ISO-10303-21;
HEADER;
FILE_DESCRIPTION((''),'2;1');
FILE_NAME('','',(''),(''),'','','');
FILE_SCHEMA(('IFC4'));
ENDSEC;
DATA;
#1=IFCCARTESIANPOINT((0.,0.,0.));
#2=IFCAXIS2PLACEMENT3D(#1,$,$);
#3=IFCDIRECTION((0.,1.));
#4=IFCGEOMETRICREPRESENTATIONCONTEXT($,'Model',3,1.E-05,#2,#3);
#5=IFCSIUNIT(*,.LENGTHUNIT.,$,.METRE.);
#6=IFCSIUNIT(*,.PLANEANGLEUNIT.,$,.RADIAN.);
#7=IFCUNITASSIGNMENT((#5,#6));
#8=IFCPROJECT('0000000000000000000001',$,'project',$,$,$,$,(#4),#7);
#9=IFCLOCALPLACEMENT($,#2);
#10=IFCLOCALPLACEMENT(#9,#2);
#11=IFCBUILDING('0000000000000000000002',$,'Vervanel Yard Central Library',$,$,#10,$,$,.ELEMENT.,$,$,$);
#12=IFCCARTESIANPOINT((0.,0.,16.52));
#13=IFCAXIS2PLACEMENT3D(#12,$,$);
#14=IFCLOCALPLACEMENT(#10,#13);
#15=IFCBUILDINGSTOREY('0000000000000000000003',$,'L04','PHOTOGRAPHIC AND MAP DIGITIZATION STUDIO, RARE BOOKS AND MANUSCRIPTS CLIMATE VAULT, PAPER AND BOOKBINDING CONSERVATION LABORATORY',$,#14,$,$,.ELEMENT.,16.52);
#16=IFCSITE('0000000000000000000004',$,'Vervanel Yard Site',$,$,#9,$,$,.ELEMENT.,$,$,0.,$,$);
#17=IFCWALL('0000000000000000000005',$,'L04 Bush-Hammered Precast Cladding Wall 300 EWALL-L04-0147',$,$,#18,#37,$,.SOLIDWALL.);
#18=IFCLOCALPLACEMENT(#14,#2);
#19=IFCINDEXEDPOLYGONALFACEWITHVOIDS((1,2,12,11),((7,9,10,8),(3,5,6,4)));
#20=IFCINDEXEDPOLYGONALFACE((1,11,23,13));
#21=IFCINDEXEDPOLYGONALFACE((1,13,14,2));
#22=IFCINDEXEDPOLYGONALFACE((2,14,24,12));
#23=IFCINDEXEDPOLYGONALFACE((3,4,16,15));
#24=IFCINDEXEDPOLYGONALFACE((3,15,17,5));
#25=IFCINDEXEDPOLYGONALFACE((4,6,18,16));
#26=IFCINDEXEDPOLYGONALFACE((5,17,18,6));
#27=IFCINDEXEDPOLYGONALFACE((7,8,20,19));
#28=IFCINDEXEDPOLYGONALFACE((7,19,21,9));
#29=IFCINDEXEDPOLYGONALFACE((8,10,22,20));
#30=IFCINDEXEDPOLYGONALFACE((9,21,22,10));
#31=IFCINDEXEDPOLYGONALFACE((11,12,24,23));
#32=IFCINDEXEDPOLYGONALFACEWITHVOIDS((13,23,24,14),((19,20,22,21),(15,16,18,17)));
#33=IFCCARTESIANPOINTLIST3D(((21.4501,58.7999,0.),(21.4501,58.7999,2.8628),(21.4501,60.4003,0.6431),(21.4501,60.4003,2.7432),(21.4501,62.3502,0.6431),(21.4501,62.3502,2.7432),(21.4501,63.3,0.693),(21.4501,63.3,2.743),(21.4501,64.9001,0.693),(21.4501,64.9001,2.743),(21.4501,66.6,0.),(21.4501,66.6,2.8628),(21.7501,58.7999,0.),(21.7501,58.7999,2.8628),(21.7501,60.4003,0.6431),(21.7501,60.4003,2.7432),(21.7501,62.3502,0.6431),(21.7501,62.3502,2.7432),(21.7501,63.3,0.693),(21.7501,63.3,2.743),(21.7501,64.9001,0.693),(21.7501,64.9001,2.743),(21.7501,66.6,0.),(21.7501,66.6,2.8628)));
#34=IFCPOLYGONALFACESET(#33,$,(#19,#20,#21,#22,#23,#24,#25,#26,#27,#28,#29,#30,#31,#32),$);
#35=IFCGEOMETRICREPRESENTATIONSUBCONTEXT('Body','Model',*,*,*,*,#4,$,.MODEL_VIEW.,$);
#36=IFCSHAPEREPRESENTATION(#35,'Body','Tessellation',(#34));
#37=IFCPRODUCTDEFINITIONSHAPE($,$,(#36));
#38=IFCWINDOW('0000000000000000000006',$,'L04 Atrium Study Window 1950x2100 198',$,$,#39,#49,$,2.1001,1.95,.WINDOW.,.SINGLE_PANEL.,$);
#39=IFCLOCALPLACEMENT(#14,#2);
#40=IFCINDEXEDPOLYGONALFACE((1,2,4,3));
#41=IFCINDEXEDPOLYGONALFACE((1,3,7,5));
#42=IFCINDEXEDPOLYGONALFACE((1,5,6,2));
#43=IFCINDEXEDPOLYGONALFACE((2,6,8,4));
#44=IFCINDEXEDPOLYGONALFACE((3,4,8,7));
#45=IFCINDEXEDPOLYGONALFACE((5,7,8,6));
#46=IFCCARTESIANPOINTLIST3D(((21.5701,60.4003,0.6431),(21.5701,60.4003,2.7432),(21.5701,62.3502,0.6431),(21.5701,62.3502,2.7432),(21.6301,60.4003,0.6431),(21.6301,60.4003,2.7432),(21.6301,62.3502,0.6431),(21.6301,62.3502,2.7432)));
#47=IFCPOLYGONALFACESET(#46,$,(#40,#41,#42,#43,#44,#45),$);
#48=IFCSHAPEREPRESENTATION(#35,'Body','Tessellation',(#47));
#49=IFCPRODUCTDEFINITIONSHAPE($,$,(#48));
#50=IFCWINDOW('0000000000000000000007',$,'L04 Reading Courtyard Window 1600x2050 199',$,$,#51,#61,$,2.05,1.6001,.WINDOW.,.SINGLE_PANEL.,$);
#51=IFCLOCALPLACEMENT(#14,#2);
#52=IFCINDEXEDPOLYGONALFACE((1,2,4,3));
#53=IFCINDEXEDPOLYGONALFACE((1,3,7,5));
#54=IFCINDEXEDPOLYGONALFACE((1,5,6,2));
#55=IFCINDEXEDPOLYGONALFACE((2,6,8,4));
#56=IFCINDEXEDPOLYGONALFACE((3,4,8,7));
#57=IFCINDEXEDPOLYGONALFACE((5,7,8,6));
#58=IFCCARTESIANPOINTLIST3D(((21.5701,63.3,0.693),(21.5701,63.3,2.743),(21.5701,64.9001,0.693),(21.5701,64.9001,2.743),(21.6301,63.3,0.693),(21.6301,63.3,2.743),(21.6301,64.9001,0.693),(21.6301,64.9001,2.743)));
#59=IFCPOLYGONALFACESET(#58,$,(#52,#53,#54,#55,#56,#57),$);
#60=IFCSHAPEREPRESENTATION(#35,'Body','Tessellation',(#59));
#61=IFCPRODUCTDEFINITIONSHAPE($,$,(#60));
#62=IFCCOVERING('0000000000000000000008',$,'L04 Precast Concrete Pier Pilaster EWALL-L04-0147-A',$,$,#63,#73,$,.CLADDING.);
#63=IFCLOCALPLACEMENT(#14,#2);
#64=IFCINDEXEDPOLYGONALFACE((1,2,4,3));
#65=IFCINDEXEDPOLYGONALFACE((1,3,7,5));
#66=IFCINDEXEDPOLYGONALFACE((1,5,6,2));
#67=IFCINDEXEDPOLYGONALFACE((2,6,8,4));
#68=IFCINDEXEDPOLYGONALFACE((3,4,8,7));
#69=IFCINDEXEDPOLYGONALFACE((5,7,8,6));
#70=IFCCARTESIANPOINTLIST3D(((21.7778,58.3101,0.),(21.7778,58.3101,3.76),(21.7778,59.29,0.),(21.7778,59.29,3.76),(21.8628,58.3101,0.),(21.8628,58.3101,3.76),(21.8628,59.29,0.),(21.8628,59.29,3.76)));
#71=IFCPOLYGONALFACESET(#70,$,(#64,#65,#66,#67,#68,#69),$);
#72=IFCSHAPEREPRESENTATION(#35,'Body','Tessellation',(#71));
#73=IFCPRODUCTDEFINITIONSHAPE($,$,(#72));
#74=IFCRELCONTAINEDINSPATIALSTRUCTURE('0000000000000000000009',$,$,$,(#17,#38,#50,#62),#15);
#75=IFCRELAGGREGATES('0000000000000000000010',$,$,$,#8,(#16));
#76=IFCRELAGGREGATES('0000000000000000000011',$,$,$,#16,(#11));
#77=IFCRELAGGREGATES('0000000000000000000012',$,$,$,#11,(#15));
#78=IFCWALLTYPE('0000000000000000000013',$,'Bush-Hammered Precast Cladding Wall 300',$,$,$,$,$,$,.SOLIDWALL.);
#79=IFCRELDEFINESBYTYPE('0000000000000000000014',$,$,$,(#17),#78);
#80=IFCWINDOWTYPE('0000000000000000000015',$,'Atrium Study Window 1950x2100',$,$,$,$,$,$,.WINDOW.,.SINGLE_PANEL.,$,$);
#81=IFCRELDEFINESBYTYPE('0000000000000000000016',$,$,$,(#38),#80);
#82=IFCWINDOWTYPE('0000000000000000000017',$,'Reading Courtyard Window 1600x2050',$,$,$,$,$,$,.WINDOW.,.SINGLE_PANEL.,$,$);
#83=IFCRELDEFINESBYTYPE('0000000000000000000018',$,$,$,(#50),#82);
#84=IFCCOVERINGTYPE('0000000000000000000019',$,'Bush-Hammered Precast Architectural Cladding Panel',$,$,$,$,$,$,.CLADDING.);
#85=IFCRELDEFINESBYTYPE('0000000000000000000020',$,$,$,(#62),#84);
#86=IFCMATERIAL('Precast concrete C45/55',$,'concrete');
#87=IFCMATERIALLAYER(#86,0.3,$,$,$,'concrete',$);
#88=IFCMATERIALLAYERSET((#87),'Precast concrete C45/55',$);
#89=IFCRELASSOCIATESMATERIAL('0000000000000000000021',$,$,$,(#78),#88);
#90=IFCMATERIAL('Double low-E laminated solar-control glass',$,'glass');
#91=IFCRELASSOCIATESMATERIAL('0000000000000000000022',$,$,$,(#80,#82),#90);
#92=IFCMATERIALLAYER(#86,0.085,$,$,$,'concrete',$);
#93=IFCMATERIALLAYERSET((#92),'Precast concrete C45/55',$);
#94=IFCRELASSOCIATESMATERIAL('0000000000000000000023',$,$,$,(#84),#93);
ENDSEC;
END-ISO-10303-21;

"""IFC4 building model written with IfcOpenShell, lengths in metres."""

from ifc_helpers import new_model, si_unit, direction, frame, frame_2d, origin, origin_2d, place, context, subcontext, project, spatial, rectangle, extrude, material, layer, layer_set, type_object, element, fill, save


model = new_model("IFC4")

# Units and contexts
model_context = context("Model", 3, precision=1e-05, world=origin(), true_north=direction((0.0, 1.0)))
body_context = subcontext(model_context, "Body", "Model", "MODEL_VIEW")
ifc_project = project(units=[si_unit("LENGTHUNIT", "METRE"), si_unit("PLANEANGLEUNIT", "RADIAN")], contexts=[model_context])

# Site, building, storey
site_placement = place(None, origin())
site = spatial("IfcSite", under=ifc_project, at=site_placement, Name="Vervanel Yard Site", CompositionType="ELEMENT", RefElevation=0.0)
building_placement = place(site_placement, origin())
building = spatial("IfcBuilding", under=site, at=building_placement, Name="Vervanel Yard Central Library", CompositionType="ELEMENT")
storey_placement = place(building_placement, frame((0.0, 0.0, 16.52)))
storey = spatial("IfcBuildingStorey", under=building, at=storey_placement, Name="L04", Description="PHOTOGRAPHIC AND MAP DIGITIZATION STUDIO, RARE BOOKS AND MANUSCRIPTS CLIMATE VAULT, PAPER AND BOOKBINDING CONSERVATION LABORATORY", CompositionType="ELEMENT", Elevation=16.52)

# Shared definitions
ifc_material_1 = material(Name="Double low-E laminated solar-control glass", Category="glass")

# Wall, openings, windows
ifc_material_2 = material(Name="Precast concrete C45/55", Category="concrete")
ifc_layer_1 = layer(ifc_material_2, 0.3, Category="concrete")
ifc_layer_set_1 = layer_set([ifc_layer_1], Name="Precast concrete C45/55")
wall_type = type_object("IfcWallType", Name="Bush-Hammered Precast Cladding Wall 300", PredefinedType="SOLIDWALL", material=ifc_layer_set_1)
wall_placement = place(storey_placement, frame((21.6001, 58.8, 0.0), z_axis=(0.0, 0.0, 1.0), x_axis=(0.0, 1.0, 0.0)))
wall = element("IfcWall", 1, at=wall_placement, inside=storey, type_object=wall_type, Name="L04 Bush-Hammered Precast Cladding Wall 300 EWALL-L04-0147", PredefinedType="SOLIDWALL", context=body_context, shape_type="SweptSolid", body=[
    extrude(rectangle(XDim=7.8, YDim=0.3, at=frame_2d((3.8999, 0.0))), origin(), (0.0, 0.0, 1.0), 2.8628),
])
opening_1_placement = place(wall_placement, frame((1.6001, 0.0, 0.6431)))
opening_1 = element("IfcOpeningElement", 2, at=opening_1_placement, cuts=wall, PredefinedType="OPENING", context=body_context, shape_type="SweptSolid", body=[
    extrude(rectangle(XDim=1.95, YDim=2.1001, at=frame_2d((0.9751, 1.05))), frame((0.0, 0.1599, 0.0), z_axis=(0.0, -1.0, 0.0), x_axis=(1.0, 0.0, 0.0)), (0.0, 0.0, 1.0), 0.3201),
])
opening_2_placement = place(wall_placement, frame((4.5, 0.0, 0.6931)))
opening_2 = element("IfcOpeningElement", 3, at=opening_2_placement, cuts=wall, PredefinedType="OPENING", context=body_context, shape_type="SweptSolid", body=[
    extrude(rectangle(XDim=1.6001, YDim=2.05, at=frame_2d((0.8, 1.0249))), frame((0.0, 0.1599, 0.0), z_axis=(0.0, -1.0, 0.0), x_axis=(1.0, 0.0, 0.0)), (0.0, 0.0, 1.0), 0.3201),
])
window_type_1 = type_object("IfcWindowType", Name="Atrium Study Window 1950x2100", PartitioningType="SINGLE_PANEL", PredefinedType="WINDOW", material=ifc_material_1)
window_1_placement = place(opening_1_placement, origin())
window_1 = element("IfcWindow", 4, at=window_1_placement, inside=storey, type_object=window_type_1, Name="L04 Atrium Study Window 1950x2100 198", OverallHeight=2.1001, OverallWidth=1.95, PartitioningType="SINGLE_PANEL", PredefinedType="WINDOW", context=body_context, shape_type="SweptSolid", body=[
    extrude(rectangle(XDim=1.95, YDim=2.1001, at=frame_2d((0.9751, 1.05))), frame((0.0, 0.03, 0.0), z_axis=(0.0, -1.0, 0.0), x_axis=(1.0, 0.0, 0.0)), (0.0, 0.0, 1.0), 0.0601),
])
fill(opening_1, window_1)
window_type_2 = type_object("IfcWindowType", Name="Reading Courtyard Window 1600x2050", PartitioningType="SINGLE_PANEL", PredefinedType="WINDOW", material=ifc_material_1)
window_2_placement = place(opening_2_placement, origin())
window_2 = element("IfcWindow", 5, at=window_2_placement, inside=storey, type_object=window_type_2, Name="L04 Reading Courtyard Window 1600x2050 199", OverallHeight=2.05, OverallWidth=1.6001, PartitioningType="SINGLE_PANEL", PredefinedType="WINDOW", context=body_context, shape_type="SweptSolid", body=[
    extrude(rectangle(XDim=1.6001, YDim=2.05, at=frame_2d((0.8, 1.0249))), frame((0.0, 0.03, 0.0), z_axis=(0.0, -1.0, 0.0), x_axis=(1.0, 0.0, 0.0)), (0.0, 0.0, 1.0), 0.0601),
])
fill(opening_2, window_2)

# Covering
ifc_layer_2 = layer(ifc_material_2, 0.085, Category="concrete")
ifc_layer_set_2 = layer_set([ifc_layer_2], Name="Precast concrete C45/55")
covering_type = type_object("IfcCoveringType", Name="Bush-Hammered Precast Architectural Cladding Panel", PredefinedType="CLADDING", material=ifc_layer_set_2)
covering_placement = place(storey_placement, frame((21.8203, 58.8, 0.0), z_axis=(0.0, 0.0, 1.0), x_axis=(0.0, 1.0, 0.0)))
element("IfcCovering", 6, at=covering_placement, inside=storey, type_object=covering_type, Name="L04 Precast Concrete Pier Pilaster EWALL-L04-0147-A", PredefinedType="CLADDING", context=body_context, shape_type="SweptSolid", body=[
    extrude(rectangle(XDim=0.98, YDim=0.085, at=origin_2d()), origin(), (0.0, 0.0, 1.0), 3.76),
])

save(model, "model.ifc")
